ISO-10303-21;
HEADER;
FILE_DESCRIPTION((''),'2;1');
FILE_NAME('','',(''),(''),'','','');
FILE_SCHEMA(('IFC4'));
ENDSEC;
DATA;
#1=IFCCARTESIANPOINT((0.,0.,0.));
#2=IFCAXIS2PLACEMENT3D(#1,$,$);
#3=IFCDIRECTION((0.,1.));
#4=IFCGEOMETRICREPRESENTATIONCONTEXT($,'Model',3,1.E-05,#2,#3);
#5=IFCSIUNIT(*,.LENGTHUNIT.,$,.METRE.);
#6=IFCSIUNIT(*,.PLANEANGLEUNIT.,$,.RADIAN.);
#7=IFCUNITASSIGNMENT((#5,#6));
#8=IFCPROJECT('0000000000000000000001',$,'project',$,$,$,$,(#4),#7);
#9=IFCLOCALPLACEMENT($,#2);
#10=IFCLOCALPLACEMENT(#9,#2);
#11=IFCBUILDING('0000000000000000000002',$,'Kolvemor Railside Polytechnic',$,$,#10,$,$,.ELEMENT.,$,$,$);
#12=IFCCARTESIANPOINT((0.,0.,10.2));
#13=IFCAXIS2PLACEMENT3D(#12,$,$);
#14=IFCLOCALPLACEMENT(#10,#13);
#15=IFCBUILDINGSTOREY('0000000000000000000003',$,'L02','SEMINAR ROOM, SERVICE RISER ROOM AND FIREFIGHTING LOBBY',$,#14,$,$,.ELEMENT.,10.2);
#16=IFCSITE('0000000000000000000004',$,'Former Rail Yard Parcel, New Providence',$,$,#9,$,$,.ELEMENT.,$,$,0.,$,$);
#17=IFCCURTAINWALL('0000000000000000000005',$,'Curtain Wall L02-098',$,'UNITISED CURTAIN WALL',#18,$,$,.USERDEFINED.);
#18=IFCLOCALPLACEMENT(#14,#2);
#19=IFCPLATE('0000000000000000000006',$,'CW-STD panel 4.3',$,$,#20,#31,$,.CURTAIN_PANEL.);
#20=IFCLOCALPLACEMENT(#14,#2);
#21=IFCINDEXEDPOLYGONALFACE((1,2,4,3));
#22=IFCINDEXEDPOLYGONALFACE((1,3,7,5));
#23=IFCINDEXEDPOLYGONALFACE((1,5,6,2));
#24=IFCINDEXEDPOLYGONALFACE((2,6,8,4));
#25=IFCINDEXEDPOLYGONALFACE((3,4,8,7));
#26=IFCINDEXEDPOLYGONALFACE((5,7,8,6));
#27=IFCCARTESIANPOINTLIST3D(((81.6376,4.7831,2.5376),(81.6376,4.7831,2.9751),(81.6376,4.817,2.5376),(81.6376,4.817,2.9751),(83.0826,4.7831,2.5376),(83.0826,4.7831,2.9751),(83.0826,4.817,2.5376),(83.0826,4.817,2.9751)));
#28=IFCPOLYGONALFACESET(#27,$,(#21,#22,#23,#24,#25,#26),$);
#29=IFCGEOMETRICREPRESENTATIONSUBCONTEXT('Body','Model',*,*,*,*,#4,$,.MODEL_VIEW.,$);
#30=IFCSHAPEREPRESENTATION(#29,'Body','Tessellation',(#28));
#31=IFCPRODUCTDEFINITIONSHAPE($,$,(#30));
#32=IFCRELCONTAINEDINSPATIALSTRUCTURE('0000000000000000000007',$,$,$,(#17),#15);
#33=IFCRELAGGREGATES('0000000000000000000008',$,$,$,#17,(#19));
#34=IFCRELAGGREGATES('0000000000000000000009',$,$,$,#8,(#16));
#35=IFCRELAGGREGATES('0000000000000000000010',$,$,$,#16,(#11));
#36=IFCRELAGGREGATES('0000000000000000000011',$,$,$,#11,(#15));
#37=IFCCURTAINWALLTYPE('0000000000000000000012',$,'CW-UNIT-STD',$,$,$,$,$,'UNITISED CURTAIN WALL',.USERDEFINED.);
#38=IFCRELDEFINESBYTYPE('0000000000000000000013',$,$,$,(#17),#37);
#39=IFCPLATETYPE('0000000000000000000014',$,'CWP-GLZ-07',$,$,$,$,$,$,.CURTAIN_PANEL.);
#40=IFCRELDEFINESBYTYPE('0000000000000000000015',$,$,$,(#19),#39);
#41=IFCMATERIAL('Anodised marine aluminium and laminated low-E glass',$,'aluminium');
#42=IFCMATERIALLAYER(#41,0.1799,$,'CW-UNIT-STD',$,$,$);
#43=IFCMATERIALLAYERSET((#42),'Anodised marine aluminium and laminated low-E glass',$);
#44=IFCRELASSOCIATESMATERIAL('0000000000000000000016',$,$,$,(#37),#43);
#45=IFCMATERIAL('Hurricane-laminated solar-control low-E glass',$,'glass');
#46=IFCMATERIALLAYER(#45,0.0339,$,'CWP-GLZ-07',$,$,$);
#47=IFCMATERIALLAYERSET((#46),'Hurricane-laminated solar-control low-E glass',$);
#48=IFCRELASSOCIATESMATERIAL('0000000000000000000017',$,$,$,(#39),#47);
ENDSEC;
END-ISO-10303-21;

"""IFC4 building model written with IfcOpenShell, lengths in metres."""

from ifc_helpers import new_model, si_unit, direction, frame, origin, origin_2d, place, context, subcontext, project, spatial, rectangle, extrude, material, layer, layer_set, type_object, element, aggregate, save


model = new_model("IFC4")

# Units and contexts
model_context = context("Model", 3, precision=1e-05, world=origin(), true_north=direction((0.0, 1.0)))
body_context = subcontext(model_context, "Body", "Model", "MODEL_VIEW")
ifc_project = project(units=[si_unit("LENGTHUNIT", "METRE"), si_unit("PLANEANGLEUNIT", "RADIAN")], contexts=[model_context])

# Site, building, storey
site_placement = place(None, origin())
site = spatial("IfcSite", under=ifc_project, at=site_placement, Name="Former Rail Yard Parcel, New Providence", CompositionType="ELEMENT", RefElevation=0.0)
building_placement = place(site_placement, origin())
building = spatial("IfcBuilding", under=site, at=building_placement, Name="Kolvemor Railside Polytechnic", CompositionType="ELEMENT")
storey_placement = place(building_placement, frame((0.0, 0.0, 10.2)))
storey = spatial("IfcBuildingStorey", under=building, at=storey_placement, Name="L02", Description="SEMINAR ROOM, SERVICE RISER ROOM AND FIREFIGHTING LOBBY", CompositionType="ELEMENT", Elevation=10.2)

# Curtain wall, plate
ifc_material_1 = material(Name="Anodised marine aluminium and laminated low-E glass", Category="aluminium")
ifc_layer_1 = layer(ifc_material_1, 0.1799, Name="CW-UNIT-STD")
ifc_layer_set_1 = layer_set([ifc_layer_1], Name="Anodised marine aluminium and laminated low-E glass")
curtain_wall_type = type_object("IfcCurtainWallType", Name="CW-UNIT-STD", ElementType="UNITISED CURTAIN WALL", PredefinedType="USERDEFINED", material=ifc_layer_set_1)
curtain_wall_placement = place(storey_placement, origin())
curtain_wall = element("IfcCurtainWall", 1, at=curtain_wall_placement, inside=storey, type_object=curtain_wall_type, Name="Curtain Wall L02-098", ObjectType="UNITISED CURTAIN WALL", PredefinedType="USERDEFINED")
ifc_material_2 = material(Name="Hurricane-laminated solar-control low-E glass", Category="glass")
ifc_layer_2 = layer(ifc_material_2, 0.0339, Name="CWP-GLZ-07")
ifc_layer_set_2 = layer_set([ifc_layer_2], Name="Hurricane-laminated solar-control low-E glass")
plate_type = type_object("IfcPlateType", Name="CWP-GLZ-07", PredefinedType="CURTAIN_PANEL", material=ifc_layer_set_2)
plate_1_placement = place(storey_placement, frame((82.3601, 4.8, 2.5376), z_axis=(0.0, 0.0, 1.0), x_axis=(1.0, 0.0, 0.0)))
plate_1 = element("IfcPlate", 2, at=plate_1_placement, type_object=plate_type, Name="CW-STD panel 4.3", PredefinedType="CURTAIN_PANEL", context=body_context, shape_type="SweptSolid", body=[
    extrude(rectangle(XDim=1.4451, YDim=0.0339, at=origin_2d()), origin(), (0.0, 0.0, 1.0), 0.4375),
])
aggregate(curtain_wall, [plate_1])

save(model, "model.ifc")
